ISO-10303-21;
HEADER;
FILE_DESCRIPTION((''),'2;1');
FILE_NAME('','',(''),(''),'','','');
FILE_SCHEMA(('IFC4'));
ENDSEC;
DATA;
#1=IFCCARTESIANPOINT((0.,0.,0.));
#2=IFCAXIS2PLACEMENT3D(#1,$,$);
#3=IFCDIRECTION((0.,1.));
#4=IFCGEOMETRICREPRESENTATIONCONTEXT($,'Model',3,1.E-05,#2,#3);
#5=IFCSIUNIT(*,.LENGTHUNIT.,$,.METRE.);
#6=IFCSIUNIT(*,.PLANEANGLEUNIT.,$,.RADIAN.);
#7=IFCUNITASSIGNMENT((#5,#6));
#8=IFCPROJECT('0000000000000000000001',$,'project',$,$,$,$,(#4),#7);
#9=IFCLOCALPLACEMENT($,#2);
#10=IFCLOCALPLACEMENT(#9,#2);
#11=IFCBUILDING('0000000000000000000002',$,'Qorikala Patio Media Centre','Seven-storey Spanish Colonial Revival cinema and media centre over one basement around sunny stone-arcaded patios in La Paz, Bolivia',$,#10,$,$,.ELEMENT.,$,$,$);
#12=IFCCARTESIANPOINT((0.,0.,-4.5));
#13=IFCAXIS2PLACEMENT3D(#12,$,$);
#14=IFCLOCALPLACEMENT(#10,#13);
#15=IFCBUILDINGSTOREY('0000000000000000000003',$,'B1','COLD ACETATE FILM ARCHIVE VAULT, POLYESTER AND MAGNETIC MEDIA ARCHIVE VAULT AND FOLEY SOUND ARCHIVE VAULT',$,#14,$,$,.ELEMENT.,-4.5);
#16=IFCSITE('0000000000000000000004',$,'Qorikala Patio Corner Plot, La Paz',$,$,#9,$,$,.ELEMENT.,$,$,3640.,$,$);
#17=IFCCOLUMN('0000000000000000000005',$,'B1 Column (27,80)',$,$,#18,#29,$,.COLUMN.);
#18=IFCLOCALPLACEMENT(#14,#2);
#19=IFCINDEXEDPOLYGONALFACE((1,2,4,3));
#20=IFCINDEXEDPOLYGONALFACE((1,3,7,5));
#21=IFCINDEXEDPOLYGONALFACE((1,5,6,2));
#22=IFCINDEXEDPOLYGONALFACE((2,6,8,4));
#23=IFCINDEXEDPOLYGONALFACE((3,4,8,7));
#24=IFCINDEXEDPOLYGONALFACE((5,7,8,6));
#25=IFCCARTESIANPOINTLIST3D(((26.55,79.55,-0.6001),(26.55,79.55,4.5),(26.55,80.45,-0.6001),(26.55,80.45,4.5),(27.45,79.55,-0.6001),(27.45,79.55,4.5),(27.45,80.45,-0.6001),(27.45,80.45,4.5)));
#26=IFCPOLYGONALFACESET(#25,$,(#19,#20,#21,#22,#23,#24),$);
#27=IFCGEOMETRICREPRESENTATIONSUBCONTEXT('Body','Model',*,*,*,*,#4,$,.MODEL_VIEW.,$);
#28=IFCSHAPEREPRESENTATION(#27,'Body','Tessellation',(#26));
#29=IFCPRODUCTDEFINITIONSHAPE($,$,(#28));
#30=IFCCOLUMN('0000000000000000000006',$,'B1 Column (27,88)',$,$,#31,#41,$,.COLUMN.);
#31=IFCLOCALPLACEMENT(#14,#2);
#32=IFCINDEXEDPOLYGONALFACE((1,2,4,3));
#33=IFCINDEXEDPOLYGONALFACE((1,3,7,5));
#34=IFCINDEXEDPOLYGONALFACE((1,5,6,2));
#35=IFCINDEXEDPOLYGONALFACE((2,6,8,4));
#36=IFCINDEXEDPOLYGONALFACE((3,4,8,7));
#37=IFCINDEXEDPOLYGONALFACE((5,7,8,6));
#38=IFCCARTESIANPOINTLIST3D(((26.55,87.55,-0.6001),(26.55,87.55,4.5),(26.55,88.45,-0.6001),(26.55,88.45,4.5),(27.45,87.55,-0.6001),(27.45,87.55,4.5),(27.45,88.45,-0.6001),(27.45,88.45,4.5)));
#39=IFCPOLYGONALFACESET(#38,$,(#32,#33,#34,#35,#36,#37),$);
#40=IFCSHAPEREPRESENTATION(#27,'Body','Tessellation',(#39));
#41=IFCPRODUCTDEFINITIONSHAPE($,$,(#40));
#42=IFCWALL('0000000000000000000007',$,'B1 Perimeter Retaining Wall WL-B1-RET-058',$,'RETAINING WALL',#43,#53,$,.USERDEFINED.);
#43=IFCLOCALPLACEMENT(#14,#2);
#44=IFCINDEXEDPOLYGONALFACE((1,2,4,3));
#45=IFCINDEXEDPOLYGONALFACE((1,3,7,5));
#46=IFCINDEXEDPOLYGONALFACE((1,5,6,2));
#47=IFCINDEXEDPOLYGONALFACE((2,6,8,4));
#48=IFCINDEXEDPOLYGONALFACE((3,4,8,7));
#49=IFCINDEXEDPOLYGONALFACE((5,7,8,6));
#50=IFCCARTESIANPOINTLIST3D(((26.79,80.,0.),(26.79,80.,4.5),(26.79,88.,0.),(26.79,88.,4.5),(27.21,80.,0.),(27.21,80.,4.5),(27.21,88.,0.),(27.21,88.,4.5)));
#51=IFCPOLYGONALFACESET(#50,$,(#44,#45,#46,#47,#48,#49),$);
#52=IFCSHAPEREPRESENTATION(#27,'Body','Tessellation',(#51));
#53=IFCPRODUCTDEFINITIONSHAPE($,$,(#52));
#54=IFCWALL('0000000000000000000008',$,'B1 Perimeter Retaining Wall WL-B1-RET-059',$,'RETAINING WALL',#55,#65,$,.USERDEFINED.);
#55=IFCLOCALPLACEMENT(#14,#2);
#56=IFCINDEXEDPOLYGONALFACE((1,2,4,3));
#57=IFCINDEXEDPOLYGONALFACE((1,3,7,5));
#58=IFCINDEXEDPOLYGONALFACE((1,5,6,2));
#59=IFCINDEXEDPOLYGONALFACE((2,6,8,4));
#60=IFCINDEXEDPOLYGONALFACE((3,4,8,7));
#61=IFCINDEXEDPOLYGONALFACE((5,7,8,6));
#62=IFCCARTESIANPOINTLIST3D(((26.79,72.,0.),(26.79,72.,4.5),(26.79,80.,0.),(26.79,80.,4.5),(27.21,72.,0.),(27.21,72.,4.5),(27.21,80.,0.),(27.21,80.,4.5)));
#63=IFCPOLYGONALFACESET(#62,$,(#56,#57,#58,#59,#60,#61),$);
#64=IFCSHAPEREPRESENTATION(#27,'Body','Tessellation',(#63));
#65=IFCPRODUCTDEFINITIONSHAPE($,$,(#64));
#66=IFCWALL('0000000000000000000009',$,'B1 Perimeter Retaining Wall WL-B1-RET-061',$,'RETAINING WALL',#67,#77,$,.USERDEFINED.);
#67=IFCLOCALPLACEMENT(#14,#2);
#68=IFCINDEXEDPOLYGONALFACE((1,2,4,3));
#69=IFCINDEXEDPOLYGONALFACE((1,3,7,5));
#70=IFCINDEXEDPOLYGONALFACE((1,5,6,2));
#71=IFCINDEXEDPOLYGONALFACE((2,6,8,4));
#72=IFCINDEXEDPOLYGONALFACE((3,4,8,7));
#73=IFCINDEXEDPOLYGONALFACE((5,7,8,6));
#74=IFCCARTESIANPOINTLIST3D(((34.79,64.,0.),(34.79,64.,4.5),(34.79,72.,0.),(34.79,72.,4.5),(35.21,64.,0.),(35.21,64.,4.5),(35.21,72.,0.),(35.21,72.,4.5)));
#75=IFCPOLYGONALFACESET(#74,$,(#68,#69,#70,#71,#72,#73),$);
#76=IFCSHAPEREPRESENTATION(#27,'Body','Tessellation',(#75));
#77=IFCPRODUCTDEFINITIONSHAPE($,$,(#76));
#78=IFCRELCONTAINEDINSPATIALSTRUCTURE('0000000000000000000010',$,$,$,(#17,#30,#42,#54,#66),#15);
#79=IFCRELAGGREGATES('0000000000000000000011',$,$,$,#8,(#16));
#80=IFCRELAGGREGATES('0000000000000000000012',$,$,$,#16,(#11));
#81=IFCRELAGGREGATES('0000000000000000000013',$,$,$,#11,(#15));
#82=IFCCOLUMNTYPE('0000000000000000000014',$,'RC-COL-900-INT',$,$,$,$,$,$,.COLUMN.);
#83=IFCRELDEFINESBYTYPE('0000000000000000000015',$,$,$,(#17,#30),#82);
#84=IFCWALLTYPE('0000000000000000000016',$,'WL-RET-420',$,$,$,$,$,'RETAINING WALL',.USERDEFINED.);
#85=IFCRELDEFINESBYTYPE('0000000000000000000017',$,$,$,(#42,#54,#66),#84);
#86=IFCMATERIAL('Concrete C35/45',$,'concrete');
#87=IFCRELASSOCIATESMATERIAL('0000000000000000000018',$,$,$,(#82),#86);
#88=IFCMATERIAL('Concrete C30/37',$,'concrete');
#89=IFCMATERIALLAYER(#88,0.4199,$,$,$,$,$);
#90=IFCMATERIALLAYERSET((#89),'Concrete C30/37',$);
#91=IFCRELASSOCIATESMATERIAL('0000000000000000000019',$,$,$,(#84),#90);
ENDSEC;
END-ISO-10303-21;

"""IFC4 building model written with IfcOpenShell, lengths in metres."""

from ifc_helpers import new_model, si_unit, direction, frame, frame_2d, origin, origin_2d, place, context, subcontext, project, spatial, rectangle, extrude, material, layer, layer_set, material_profile, profile_set, type_object, element, save


model = new_model("IFC4")

# Units and contexts
model_context = context("Model", 3, precision=1e-05, world=origin(), true_north=direction((0.0, 1.0)))
body_context = subcontext(model_context, "Body", "Model", "MODEL_VIEW")
ifc_project = project(units=[si_unit("LENGTHUNIT", "METRE"), si_unit("PLANEANGLEUNIT", "RADIAN")], contexts=[model_context])

# Site, building, storey
site_placement = place(None, origin())
site = spatial("IfcSite", under=ifc_project, at=site_placement, Name="Qorikala Patio Corner Plot, La Paz", CompositionType="ELEMENT", RefElevation=3640.0)
building_placement = place(site_placement, origin())
building = spatial("IfcBuilding", under=site, at=building_placement, Name="Qorikala Patio Media Centre", Description="Seven-storey Spanish Colonial Revival cinema and media centre over one basement around sunny stone-arcaded patios in La Paz, Bolivia", CompositionType="ELEMENT")
storey_placement = place(building_placement, frame((0.0, 0.0, -4.5)))
storey = spatial("IfcBuildingStorey", under=building, at=storey_placement, Name="B1", Description="COLD ACETATE FILM ARCHIVE VAULT, POLYESTER AND MAGNETIC MEDIA ARCHIVE VAULT AND FOLEY SOUND ARCHIVE VAULT", CompositionType="ELEMENT", Elevation=-4.5)

# Shared definitions
ifc_material_1 = material(Name="Concrete C30/37", Category="concrete")

# Columns
ifc_material_2 = material(Name="Concrete C35/45", Category="concrete")
ifc_material_profile_1 = material_profile(ifc_material_2, rectangle(XDim=0.8999, YDim=0.8999, at=origin_2d()), Name="RC 900x900")
ifc_profile_set_1 = profile_set([ifc_material_profile_1], Name="Concrete C35/45")
column_type_1 = type_object("IfcColumnType", Name="RC-COL-900-INT", PredefinedType="COLUMN", material=ifc_profile_set_1)
for number, where, z_axis, x_axis, name in (
    (1, (27.0, 80.0, -0.6001), (0.0, 0.0, 1.0), (1.0, 0.0, 0.0), "B1 Column (27,80)"),
    (2, (27.0, 88.0, -0.6001), (0.0, 0.0, 1.0), (1.0, 0.0, 0.0), "B1 Column (27,88)"),
):
    element("IfcColumn", number, at=place(storey_placement, frame(where, z_axis=z_axis, x_axis=x_axis)), inside=storey, type_object=column_type_1, Name=name, PredefinedType="COLUMN", context=body_context, shape_type="SweptSolid", body=[
        extrude(rectangle(XDim=0.8999, YDim=0.8999, at=origin_2d()), origin(), (0.0, 0.0, 1.0), 5.1001),
    ])

# Walls
ifc_layer_1 = layer(ifc_material_1, 0.4199)
ifc_layer_set_1 = layer_set([ifc_layer_1], Name="Concrete C30/37")
wall_type = type_object("IfcWallType", Name="WL-RET-420", ElementType="RETAINING WALL", PredefinedType="USERDEFINED", material=ifc_layer_set_1)
for number, where, z_axis, x_axis, name in (
    (3, (27.0, 88.0, 0.0), (0.0, 0.0, 1.0), (0.0, -1.0, 0.0), "B1 Perimeter Retaining Wall WL-B1-RET-058"),
    (4, (27.0, 80.0, 0.0), (0.0, 0.0, 1.0), (0.0, -1.0, 0.0), "B1 Perimeter Retaining Wall WL-B1-RET-059"),
    (5, (35.0, 72.0, 0.0), (0.0, 0.0, 1.0), (0.0, -1.0, 0.0), "B1 Perimeter Retaining Wall WL-B1-RET-061"),
):
    element("IfcWall", number, at=place(storey_placement, frame(where, z_axis=z_axis, x_axis=x_axis)), inside=storey, type_object=wall_type, Name=name, ObjectType="RETAINING WALL", PredefinedType="USERDEFINED", context=body_context, shape_type="SweptSolid", body=[
        extrude(rectangle(XDim=8.0, YDim=0.4199, at=frame_2d((4.0, 0.0))), origin(), (0.0, 0.0, 1.0), 4.5),
    ])

save(model, "model.ifc")
